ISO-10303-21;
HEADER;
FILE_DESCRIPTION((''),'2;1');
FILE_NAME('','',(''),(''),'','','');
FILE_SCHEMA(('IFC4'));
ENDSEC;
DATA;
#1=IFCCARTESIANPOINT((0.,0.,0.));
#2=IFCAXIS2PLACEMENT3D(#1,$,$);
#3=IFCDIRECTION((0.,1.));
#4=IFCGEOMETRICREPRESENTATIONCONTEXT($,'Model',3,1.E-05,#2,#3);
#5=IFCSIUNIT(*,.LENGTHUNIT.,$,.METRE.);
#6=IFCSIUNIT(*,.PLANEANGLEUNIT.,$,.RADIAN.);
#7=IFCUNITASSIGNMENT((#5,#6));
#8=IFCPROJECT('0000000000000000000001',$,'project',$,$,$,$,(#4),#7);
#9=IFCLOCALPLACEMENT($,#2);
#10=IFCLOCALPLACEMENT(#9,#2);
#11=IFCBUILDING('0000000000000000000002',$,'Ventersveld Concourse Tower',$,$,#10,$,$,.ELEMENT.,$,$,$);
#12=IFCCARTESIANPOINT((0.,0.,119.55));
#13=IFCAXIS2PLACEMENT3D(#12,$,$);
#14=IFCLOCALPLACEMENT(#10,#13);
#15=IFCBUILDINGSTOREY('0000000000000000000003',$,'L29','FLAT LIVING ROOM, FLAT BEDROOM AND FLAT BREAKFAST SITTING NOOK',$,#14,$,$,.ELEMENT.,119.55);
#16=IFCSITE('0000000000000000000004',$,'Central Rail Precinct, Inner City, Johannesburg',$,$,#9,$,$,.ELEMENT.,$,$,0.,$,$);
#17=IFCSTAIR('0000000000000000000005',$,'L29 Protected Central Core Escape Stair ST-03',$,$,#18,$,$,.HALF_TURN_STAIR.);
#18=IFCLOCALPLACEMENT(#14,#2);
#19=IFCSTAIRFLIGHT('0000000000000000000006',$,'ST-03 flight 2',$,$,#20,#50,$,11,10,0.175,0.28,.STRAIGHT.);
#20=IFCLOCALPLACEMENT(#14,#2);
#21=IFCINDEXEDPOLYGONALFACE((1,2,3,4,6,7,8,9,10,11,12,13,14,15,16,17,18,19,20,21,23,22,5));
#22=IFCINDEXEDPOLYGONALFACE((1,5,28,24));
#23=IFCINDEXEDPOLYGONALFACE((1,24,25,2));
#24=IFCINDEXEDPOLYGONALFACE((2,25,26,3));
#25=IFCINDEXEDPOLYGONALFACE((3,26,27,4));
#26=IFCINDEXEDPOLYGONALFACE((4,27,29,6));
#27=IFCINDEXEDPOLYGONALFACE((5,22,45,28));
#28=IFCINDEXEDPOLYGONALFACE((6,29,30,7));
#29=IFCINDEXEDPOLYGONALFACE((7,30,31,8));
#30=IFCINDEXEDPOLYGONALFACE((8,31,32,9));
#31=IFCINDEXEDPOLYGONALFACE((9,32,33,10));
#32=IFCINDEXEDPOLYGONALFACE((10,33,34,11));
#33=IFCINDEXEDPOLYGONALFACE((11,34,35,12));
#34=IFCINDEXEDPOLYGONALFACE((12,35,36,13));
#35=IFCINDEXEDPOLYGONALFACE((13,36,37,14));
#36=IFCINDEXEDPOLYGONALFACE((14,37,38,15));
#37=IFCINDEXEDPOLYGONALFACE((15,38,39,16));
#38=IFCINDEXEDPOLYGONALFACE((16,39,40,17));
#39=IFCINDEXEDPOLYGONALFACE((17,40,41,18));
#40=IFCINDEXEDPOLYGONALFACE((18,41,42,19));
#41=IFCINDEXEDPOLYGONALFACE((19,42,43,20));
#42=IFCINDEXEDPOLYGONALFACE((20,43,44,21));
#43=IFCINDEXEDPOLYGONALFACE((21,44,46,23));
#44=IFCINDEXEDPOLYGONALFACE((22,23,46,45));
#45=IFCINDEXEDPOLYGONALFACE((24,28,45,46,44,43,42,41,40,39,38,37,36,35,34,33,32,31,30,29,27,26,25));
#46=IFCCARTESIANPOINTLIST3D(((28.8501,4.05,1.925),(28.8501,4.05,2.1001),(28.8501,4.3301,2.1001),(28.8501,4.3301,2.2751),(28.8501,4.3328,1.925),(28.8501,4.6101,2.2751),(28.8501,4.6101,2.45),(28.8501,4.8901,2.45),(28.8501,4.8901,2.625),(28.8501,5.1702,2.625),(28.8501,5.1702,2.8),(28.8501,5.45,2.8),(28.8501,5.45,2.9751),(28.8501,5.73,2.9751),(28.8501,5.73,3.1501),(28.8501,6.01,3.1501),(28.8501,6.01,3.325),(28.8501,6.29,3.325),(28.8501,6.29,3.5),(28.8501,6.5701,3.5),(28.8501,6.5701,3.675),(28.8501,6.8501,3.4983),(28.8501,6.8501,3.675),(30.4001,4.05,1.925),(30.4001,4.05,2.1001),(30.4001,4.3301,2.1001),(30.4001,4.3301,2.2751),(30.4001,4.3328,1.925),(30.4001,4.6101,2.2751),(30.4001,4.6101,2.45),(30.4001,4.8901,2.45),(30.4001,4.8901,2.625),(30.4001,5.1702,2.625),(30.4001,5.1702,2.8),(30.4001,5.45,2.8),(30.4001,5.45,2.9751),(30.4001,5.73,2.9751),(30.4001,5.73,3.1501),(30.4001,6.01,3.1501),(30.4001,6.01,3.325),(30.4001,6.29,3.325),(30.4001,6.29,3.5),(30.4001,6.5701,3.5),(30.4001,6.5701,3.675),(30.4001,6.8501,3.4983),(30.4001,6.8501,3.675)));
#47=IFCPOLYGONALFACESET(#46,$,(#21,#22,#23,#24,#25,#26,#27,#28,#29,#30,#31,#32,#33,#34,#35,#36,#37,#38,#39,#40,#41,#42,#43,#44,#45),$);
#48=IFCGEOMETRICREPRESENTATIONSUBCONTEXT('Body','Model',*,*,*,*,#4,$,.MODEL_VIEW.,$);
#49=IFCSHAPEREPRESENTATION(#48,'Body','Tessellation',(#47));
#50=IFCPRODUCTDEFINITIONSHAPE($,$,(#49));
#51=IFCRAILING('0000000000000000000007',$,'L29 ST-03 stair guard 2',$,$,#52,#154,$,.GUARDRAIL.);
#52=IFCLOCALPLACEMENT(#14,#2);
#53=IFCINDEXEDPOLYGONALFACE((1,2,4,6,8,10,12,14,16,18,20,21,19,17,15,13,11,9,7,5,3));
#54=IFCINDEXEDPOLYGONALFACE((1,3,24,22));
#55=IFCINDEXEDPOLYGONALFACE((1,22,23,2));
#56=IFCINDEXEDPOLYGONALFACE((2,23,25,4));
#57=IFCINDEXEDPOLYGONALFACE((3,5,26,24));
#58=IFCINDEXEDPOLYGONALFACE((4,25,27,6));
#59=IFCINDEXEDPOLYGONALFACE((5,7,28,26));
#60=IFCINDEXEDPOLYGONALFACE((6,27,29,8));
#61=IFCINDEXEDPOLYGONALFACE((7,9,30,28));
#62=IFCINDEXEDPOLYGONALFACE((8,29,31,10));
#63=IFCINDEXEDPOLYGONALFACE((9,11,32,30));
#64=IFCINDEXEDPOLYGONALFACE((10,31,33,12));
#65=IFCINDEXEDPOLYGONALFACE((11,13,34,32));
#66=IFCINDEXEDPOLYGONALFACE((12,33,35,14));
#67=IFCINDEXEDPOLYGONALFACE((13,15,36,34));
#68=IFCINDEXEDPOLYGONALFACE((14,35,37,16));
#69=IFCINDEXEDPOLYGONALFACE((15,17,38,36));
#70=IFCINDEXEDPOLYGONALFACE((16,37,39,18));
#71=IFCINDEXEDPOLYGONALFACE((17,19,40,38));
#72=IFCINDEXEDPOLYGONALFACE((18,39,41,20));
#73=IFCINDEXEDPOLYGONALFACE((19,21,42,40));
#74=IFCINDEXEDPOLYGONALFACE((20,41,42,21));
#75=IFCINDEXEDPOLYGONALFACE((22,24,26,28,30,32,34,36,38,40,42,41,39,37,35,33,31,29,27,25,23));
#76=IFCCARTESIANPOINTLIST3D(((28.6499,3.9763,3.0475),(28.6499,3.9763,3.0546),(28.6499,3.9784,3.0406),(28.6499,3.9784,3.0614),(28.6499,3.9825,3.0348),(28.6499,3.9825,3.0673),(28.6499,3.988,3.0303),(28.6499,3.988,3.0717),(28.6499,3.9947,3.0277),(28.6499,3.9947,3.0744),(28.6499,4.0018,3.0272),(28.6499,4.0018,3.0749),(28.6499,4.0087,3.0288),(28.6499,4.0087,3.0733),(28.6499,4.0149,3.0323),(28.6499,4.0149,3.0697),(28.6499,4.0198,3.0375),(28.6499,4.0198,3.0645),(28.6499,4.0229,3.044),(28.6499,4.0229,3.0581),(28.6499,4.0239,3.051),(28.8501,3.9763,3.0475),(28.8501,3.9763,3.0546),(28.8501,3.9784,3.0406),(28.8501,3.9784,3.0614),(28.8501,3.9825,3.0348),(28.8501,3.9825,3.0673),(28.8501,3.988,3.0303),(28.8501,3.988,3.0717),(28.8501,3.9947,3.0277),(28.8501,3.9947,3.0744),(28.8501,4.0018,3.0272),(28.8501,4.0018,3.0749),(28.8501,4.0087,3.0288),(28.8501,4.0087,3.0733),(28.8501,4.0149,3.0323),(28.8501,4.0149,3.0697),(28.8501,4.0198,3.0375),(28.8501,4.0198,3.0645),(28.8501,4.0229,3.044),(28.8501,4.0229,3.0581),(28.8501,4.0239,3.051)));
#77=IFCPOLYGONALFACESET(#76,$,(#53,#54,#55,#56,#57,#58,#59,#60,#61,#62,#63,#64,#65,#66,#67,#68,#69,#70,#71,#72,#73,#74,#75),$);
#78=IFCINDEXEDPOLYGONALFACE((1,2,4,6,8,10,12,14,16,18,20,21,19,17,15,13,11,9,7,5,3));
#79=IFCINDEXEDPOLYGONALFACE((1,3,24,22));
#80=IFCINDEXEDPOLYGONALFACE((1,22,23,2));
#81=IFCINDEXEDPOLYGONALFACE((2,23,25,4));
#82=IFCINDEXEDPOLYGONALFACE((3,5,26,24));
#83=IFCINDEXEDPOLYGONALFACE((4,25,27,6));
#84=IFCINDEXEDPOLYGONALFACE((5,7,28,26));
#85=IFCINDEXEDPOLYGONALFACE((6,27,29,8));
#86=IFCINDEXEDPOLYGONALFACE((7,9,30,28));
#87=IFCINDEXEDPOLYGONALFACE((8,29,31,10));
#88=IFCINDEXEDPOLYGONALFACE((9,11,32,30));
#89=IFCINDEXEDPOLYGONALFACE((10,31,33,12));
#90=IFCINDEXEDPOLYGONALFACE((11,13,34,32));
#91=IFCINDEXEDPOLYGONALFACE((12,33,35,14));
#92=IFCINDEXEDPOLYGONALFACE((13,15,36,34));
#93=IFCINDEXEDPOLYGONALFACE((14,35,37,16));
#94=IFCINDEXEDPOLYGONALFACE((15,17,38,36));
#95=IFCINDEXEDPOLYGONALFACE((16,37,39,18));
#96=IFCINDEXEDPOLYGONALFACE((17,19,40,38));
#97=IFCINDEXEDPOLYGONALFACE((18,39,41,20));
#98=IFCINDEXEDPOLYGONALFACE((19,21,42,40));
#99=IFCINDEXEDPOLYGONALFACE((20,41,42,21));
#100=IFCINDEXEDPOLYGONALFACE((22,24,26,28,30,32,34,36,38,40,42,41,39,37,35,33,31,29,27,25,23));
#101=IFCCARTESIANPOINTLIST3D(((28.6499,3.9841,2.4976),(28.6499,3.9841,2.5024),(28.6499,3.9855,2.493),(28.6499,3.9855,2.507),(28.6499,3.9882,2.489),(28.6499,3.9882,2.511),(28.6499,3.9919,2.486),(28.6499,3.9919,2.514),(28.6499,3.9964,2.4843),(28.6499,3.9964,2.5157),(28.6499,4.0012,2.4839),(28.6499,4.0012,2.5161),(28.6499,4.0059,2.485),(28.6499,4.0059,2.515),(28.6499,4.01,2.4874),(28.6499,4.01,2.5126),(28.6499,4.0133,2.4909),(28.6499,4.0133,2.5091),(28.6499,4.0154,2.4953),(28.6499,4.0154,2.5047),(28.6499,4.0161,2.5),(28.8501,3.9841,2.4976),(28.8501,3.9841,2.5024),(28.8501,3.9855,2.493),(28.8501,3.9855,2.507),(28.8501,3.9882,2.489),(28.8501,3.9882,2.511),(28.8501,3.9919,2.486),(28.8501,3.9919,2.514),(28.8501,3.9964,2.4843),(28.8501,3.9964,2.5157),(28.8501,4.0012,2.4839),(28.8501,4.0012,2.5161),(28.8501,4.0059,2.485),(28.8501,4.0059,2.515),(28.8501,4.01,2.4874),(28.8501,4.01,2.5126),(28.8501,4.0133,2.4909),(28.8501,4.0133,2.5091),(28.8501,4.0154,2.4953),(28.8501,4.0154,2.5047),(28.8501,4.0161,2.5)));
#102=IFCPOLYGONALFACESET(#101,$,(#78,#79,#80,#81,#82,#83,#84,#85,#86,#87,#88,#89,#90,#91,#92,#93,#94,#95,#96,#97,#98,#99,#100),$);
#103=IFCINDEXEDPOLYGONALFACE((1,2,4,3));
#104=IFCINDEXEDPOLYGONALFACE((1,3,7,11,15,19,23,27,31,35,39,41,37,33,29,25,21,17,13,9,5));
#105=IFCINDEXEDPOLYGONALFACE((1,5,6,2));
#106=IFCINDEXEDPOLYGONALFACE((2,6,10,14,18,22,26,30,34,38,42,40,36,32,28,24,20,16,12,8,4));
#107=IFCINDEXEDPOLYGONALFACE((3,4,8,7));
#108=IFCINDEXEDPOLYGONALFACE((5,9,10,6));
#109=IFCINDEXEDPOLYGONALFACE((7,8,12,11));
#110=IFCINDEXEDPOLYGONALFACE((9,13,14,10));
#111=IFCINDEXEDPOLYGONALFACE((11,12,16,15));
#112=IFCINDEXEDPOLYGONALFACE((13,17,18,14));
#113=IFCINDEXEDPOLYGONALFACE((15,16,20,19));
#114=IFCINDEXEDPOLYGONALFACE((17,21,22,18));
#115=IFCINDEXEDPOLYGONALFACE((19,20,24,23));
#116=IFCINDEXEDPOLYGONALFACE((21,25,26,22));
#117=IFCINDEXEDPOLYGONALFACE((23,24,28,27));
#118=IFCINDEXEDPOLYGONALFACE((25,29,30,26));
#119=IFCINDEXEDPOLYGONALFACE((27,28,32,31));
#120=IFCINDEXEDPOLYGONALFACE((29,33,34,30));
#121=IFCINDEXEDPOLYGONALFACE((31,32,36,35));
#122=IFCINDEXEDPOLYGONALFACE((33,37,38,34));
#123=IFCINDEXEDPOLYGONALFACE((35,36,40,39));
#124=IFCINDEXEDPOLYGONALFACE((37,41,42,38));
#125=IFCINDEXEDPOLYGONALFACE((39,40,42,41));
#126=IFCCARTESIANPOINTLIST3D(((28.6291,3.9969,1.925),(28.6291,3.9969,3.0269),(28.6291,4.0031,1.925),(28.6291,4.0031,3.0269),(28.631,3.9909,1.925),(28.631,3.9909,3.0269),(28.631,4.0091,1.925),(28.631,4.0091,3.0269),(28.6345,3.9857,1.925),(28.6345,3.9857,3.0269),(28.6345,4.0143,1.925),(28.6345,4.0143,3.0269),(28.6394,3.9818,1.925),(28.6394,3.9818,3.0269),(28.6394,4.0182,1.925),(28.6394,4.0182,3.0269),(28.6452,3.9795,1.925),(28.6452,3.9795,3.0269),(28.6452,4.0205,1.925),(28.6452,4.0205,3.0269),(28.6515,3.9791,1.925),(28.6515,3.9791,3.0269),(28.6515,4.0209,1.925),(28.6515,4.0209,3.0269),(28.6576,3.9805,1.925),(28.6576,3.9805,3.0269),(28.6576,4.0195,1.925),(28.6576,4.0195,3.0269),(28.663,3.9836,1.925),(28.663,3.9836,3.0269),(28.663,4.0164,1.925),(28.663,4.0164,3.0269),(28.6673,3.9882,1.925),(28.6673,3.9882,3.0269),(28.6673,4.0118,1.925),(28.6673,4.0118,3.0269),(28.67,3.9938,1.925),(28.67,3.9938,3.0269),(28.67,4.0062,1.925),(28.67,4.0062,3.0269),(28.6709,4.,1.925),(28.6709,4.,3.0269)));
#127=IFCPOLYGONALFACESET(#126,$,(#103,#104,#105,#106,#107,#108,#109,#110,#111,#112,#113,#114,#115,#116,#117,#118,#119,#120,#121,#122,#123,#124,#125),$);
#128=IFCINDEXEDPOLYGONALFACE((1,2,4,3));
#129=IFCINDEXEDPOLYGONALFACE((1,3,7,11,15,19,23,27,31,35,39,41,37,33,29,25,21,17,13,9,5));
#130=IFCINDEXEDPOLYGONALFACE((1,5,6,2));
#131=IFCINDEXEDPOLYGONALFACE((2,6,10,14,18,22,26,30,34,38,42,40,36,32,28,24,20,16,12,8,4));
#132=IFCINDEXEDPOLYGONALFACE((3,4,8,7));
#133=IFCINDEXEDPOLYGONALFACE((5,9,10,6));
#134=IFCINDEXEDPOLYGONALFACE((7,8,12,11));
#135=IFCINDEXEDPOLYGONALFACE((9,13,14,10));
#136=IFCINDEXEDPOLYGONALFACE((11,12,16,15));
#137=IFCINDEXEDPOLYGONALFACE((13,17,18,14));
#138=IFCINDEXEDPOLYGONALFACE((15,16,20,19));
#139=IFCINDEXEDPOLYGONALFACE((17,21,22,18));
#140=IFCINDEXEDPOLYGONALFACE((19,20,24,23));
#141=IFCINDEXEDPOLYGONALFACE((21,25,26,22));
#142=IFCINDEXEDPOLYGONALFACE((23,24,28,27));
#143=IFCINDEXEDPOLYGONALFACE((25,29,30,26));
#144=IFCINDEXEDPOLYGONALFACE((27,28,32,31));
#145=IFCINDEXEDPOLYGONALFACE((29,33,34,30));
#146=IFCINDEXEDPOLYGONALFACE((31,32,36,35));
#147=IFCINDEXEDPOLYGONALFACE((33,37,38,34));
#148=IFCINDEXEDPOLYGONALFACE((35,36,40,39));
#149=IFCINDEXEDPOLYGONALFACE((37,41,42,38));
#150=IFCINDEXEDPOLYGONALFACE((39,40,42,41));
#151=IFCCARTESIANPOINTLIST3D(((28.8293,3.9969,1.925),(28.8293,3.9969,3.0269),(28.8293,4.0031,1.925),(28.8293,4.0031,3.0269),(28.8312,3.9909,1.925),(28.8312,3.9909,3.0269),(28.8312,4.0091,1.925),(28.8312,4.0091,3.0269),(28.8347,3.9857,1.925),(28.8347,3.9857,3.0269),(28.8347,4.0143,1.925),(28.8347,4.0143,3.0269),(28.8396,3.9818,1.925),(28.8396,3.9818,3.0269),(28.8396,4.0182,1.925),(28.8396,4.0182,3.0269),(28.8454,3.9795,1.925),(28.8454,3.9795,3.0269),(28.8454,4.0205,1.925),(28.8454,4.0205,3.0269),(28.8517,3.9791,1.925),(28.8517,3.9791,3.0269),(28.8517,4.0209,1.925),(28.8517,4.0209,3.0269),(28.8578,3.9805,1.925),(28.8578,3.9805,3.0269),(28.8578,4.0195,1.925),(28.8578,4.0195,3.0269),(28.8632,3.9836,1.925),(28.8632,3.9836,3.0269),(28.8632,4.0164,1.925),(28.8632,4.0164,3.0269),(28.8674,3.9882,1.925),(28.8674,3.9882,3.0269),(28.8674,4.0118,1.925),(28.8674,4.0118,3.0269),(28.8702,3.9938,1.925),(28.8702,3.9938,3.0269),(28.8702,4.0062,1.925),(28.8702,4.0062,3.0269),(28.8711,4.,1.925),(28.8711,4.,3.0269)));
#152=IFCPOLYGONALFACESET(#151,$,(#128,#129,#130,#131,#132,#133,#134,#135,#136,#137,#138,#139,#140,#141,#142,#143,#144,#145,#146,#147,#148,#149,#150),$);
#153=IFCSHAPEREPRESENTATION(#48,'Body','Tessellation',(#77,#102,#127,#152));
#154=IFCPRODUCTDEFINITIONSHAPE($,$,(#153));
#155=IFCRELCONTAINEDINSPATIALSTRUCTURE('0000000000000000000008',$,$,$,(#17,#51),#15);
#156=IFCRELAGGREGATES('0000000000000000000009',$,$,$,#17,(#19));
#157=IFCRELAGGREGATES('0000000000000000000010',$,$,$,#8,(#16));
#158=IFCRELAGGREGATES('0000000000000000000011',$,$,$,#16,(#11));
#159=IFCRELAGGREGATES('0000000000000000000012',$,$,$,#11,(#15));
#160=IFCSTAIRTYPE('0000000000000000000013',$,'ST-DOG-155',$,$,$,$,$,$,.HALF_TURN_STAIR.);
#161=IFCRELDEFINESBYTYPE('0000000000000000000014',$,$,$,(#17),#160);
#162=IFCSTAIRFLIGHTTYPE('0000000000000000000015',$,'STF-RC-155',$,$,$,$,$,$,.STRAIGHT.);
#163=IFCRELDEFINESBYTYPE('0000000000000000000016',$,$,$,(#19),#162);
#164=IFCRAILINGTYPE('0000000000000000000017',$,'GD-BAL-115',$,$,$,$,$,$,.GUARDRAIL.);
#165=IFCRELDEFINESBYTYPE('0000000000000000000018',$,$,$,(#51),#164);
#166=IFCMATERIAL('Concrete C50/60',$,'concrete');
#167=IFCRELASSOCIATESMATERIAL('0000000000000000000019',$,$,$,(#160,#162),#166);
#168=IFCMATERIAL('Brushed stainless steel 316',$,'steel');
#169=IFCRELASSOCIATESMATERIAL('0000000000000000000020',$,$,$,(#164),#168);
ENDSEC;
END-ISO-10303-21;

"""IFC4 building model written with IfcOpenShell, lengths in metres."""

from ifc_helpers import new_model, si_unit, direction, frame, origin, origin_2d, place, context, subcontext, project, spatial, polyline, circle, outline, extrude, material, type_object, element, aggregate, save


model = new_model("IFC4")

# Units and contexts
model_context = context("Model", 3, precision=1e-05, world=origin(), true_north=direction((0.0, 1.0)))
body_context = subcontext(model_context, "Body", "Model", "MODEL_VIEW")
ifc_project = project(units=[si_unit("LENGTHUNIT", "METRE"), si_unit("PLANEANGLEUNIT", "RADIAN")], contexts=[model_context])

# Site, building, storey
site_placement = place(None, origin())
site = spatial("IfcSite", under=ifc_project, at=site_placement, Name="Central Rail Precinct, Inner City, Johannesburg", CompositionType="ELEMENT", RefElevation=0.0)
building_placement = place(site_placement, origin())
building = spatial("IfcBuilding", under=site, at=building_placement, Name="Ventersveld Concourse Tower", CompositionType="ELEMENT")
storey_placement = place(building_placement, frame((0.0, 0.0, 119.55)))
storey = spatial("IfcBuildingStorey", under=building, at=storey_placement, Name="L29", Description="FLAT LIVING ROOM, FLAT BEDROOM AND FLAT BREAKFAST SITTING NOOK", CompositionType="ELEMENT", Elevation=119.55)

# Shared definitions
ifc_material_1 = material(Name="Concrete C50/60", Category="concrete")

# Stair, stair flight
stair_type = type_object("IfcStairType", Name="ST-DOG-155", PredefinedType="HALF_TURN_STAIR", material=ifc_material_1)
stair_placement = place(storey_placement, origin())
stair = element("IfcStair", 1, at=stair_placement, inside=storey, type_object=stair_type, Name="L29 Protected Central Core Escape Stair ST-03", PredefinedType="HALF_TURN_STAIR")
stair_flight_type = type_object("IfcStairFlightType", Name="STF-RC-155", PredefinedType="STRAIGHT", material=ifc_material_1)
stair_flight_placement = place(storey_placement, frame((29.625, 4.05, 1.925), z_axis=(0.0, 0.0, 1.0), x_axis=(0.0, 1.0, 0.0)))
stair_flight = element("IfcStairFlight", 2, at=stair_flight_placement, type_object=stair_flight_type, Name="ST-03 flight 2", NumberOfRisers=11, NumberOfTreads=10, PredefinedType="STRAIGHT", RiserHeight=0.175, TreadLength=0.28, context=body_context, shape_type="SweptSolid", body=[
    extrude(outline(polyline([(0.0, 0.0), (0.0, 0.175), (0.28, 0.175), (0.28, 0.3501), (0.5601, 0.3501), (0.5601, 0.5249), (0.8401, 0.5249), (0.8401, 0.7), (1.1201, 0.7), (1.1201, 0.875), (1.3999, 0.875), (1.3999, 1.05), (1.6799, 1.05), (1.6799, 1.2251), (1.96, 1.2251), (1.96, 1.3999), (2.24, 1.3999), (2.24, 1.575), (2.52, 1.575), (2.52, 1.75), (2.8, 1.75), (2.8, 1.925), (2.8, 1.5732), (0.2827, 0.0), (0.0, 0.0)])), frame((0.0, 0.7749, 0.0), z_axis=(0.0, -1.0, 0.0), x_axis=(1.0, 0.0, 0.0)), (0.0, 0.0, 1.0), 1.55),
])
aggregate(stair, [stair_flight])

# Railing
ifc_material_2 = material(Name="Brushed stainless steel 316", Category="steel")
railing_type_1 = type_object("IfcRailingType", Name="GD-BAL-115", PredefinedType="GUARDRAIL", material=ifc_material_2)
railing_1_placement = place(storey_placement, frame((28.6499, 4.0, 1.925)))
element("IfcRailing", 3, at=railing_1_placement, inside=storey, type_object=railing_type_1, Name="L29 ST-03 stair guard 2", PredefinedType="GUARDRAIL", context=body_context, shape_type="SweptSolid", body=[
    extrude(circle(Radius=0.0239, at=origin_2d()), frame((0.0, 0.0, 1.126), z_axis=(1.0, 0.0, 0.0), x_axis=(0.0, 1.0, 0.0)), (0.0, 0.0, 1.0), 0.2002),
    extrude(circle(Radius=0.0161, at=origin_2d()), frame((0.0, 0.0, 0.575), z_axis=(1.0, 0.0, 0.0), x_axis=(0.0, 1.0, 0.0)), (0.0, 0.0, 1.0), 0.2002),
    extrude(circle(Radius=0.021, at=origin_2d()), origin(), (0.0, 0.0, 1.0), 1.1018),
    extrude(circle(Radius=0.021, at=origin_2d()), frame((0.2002, 0.0, 0.0)), (0.0, 0.0, 1.0), 1.1018),
])

save(model, "model.ifc")
